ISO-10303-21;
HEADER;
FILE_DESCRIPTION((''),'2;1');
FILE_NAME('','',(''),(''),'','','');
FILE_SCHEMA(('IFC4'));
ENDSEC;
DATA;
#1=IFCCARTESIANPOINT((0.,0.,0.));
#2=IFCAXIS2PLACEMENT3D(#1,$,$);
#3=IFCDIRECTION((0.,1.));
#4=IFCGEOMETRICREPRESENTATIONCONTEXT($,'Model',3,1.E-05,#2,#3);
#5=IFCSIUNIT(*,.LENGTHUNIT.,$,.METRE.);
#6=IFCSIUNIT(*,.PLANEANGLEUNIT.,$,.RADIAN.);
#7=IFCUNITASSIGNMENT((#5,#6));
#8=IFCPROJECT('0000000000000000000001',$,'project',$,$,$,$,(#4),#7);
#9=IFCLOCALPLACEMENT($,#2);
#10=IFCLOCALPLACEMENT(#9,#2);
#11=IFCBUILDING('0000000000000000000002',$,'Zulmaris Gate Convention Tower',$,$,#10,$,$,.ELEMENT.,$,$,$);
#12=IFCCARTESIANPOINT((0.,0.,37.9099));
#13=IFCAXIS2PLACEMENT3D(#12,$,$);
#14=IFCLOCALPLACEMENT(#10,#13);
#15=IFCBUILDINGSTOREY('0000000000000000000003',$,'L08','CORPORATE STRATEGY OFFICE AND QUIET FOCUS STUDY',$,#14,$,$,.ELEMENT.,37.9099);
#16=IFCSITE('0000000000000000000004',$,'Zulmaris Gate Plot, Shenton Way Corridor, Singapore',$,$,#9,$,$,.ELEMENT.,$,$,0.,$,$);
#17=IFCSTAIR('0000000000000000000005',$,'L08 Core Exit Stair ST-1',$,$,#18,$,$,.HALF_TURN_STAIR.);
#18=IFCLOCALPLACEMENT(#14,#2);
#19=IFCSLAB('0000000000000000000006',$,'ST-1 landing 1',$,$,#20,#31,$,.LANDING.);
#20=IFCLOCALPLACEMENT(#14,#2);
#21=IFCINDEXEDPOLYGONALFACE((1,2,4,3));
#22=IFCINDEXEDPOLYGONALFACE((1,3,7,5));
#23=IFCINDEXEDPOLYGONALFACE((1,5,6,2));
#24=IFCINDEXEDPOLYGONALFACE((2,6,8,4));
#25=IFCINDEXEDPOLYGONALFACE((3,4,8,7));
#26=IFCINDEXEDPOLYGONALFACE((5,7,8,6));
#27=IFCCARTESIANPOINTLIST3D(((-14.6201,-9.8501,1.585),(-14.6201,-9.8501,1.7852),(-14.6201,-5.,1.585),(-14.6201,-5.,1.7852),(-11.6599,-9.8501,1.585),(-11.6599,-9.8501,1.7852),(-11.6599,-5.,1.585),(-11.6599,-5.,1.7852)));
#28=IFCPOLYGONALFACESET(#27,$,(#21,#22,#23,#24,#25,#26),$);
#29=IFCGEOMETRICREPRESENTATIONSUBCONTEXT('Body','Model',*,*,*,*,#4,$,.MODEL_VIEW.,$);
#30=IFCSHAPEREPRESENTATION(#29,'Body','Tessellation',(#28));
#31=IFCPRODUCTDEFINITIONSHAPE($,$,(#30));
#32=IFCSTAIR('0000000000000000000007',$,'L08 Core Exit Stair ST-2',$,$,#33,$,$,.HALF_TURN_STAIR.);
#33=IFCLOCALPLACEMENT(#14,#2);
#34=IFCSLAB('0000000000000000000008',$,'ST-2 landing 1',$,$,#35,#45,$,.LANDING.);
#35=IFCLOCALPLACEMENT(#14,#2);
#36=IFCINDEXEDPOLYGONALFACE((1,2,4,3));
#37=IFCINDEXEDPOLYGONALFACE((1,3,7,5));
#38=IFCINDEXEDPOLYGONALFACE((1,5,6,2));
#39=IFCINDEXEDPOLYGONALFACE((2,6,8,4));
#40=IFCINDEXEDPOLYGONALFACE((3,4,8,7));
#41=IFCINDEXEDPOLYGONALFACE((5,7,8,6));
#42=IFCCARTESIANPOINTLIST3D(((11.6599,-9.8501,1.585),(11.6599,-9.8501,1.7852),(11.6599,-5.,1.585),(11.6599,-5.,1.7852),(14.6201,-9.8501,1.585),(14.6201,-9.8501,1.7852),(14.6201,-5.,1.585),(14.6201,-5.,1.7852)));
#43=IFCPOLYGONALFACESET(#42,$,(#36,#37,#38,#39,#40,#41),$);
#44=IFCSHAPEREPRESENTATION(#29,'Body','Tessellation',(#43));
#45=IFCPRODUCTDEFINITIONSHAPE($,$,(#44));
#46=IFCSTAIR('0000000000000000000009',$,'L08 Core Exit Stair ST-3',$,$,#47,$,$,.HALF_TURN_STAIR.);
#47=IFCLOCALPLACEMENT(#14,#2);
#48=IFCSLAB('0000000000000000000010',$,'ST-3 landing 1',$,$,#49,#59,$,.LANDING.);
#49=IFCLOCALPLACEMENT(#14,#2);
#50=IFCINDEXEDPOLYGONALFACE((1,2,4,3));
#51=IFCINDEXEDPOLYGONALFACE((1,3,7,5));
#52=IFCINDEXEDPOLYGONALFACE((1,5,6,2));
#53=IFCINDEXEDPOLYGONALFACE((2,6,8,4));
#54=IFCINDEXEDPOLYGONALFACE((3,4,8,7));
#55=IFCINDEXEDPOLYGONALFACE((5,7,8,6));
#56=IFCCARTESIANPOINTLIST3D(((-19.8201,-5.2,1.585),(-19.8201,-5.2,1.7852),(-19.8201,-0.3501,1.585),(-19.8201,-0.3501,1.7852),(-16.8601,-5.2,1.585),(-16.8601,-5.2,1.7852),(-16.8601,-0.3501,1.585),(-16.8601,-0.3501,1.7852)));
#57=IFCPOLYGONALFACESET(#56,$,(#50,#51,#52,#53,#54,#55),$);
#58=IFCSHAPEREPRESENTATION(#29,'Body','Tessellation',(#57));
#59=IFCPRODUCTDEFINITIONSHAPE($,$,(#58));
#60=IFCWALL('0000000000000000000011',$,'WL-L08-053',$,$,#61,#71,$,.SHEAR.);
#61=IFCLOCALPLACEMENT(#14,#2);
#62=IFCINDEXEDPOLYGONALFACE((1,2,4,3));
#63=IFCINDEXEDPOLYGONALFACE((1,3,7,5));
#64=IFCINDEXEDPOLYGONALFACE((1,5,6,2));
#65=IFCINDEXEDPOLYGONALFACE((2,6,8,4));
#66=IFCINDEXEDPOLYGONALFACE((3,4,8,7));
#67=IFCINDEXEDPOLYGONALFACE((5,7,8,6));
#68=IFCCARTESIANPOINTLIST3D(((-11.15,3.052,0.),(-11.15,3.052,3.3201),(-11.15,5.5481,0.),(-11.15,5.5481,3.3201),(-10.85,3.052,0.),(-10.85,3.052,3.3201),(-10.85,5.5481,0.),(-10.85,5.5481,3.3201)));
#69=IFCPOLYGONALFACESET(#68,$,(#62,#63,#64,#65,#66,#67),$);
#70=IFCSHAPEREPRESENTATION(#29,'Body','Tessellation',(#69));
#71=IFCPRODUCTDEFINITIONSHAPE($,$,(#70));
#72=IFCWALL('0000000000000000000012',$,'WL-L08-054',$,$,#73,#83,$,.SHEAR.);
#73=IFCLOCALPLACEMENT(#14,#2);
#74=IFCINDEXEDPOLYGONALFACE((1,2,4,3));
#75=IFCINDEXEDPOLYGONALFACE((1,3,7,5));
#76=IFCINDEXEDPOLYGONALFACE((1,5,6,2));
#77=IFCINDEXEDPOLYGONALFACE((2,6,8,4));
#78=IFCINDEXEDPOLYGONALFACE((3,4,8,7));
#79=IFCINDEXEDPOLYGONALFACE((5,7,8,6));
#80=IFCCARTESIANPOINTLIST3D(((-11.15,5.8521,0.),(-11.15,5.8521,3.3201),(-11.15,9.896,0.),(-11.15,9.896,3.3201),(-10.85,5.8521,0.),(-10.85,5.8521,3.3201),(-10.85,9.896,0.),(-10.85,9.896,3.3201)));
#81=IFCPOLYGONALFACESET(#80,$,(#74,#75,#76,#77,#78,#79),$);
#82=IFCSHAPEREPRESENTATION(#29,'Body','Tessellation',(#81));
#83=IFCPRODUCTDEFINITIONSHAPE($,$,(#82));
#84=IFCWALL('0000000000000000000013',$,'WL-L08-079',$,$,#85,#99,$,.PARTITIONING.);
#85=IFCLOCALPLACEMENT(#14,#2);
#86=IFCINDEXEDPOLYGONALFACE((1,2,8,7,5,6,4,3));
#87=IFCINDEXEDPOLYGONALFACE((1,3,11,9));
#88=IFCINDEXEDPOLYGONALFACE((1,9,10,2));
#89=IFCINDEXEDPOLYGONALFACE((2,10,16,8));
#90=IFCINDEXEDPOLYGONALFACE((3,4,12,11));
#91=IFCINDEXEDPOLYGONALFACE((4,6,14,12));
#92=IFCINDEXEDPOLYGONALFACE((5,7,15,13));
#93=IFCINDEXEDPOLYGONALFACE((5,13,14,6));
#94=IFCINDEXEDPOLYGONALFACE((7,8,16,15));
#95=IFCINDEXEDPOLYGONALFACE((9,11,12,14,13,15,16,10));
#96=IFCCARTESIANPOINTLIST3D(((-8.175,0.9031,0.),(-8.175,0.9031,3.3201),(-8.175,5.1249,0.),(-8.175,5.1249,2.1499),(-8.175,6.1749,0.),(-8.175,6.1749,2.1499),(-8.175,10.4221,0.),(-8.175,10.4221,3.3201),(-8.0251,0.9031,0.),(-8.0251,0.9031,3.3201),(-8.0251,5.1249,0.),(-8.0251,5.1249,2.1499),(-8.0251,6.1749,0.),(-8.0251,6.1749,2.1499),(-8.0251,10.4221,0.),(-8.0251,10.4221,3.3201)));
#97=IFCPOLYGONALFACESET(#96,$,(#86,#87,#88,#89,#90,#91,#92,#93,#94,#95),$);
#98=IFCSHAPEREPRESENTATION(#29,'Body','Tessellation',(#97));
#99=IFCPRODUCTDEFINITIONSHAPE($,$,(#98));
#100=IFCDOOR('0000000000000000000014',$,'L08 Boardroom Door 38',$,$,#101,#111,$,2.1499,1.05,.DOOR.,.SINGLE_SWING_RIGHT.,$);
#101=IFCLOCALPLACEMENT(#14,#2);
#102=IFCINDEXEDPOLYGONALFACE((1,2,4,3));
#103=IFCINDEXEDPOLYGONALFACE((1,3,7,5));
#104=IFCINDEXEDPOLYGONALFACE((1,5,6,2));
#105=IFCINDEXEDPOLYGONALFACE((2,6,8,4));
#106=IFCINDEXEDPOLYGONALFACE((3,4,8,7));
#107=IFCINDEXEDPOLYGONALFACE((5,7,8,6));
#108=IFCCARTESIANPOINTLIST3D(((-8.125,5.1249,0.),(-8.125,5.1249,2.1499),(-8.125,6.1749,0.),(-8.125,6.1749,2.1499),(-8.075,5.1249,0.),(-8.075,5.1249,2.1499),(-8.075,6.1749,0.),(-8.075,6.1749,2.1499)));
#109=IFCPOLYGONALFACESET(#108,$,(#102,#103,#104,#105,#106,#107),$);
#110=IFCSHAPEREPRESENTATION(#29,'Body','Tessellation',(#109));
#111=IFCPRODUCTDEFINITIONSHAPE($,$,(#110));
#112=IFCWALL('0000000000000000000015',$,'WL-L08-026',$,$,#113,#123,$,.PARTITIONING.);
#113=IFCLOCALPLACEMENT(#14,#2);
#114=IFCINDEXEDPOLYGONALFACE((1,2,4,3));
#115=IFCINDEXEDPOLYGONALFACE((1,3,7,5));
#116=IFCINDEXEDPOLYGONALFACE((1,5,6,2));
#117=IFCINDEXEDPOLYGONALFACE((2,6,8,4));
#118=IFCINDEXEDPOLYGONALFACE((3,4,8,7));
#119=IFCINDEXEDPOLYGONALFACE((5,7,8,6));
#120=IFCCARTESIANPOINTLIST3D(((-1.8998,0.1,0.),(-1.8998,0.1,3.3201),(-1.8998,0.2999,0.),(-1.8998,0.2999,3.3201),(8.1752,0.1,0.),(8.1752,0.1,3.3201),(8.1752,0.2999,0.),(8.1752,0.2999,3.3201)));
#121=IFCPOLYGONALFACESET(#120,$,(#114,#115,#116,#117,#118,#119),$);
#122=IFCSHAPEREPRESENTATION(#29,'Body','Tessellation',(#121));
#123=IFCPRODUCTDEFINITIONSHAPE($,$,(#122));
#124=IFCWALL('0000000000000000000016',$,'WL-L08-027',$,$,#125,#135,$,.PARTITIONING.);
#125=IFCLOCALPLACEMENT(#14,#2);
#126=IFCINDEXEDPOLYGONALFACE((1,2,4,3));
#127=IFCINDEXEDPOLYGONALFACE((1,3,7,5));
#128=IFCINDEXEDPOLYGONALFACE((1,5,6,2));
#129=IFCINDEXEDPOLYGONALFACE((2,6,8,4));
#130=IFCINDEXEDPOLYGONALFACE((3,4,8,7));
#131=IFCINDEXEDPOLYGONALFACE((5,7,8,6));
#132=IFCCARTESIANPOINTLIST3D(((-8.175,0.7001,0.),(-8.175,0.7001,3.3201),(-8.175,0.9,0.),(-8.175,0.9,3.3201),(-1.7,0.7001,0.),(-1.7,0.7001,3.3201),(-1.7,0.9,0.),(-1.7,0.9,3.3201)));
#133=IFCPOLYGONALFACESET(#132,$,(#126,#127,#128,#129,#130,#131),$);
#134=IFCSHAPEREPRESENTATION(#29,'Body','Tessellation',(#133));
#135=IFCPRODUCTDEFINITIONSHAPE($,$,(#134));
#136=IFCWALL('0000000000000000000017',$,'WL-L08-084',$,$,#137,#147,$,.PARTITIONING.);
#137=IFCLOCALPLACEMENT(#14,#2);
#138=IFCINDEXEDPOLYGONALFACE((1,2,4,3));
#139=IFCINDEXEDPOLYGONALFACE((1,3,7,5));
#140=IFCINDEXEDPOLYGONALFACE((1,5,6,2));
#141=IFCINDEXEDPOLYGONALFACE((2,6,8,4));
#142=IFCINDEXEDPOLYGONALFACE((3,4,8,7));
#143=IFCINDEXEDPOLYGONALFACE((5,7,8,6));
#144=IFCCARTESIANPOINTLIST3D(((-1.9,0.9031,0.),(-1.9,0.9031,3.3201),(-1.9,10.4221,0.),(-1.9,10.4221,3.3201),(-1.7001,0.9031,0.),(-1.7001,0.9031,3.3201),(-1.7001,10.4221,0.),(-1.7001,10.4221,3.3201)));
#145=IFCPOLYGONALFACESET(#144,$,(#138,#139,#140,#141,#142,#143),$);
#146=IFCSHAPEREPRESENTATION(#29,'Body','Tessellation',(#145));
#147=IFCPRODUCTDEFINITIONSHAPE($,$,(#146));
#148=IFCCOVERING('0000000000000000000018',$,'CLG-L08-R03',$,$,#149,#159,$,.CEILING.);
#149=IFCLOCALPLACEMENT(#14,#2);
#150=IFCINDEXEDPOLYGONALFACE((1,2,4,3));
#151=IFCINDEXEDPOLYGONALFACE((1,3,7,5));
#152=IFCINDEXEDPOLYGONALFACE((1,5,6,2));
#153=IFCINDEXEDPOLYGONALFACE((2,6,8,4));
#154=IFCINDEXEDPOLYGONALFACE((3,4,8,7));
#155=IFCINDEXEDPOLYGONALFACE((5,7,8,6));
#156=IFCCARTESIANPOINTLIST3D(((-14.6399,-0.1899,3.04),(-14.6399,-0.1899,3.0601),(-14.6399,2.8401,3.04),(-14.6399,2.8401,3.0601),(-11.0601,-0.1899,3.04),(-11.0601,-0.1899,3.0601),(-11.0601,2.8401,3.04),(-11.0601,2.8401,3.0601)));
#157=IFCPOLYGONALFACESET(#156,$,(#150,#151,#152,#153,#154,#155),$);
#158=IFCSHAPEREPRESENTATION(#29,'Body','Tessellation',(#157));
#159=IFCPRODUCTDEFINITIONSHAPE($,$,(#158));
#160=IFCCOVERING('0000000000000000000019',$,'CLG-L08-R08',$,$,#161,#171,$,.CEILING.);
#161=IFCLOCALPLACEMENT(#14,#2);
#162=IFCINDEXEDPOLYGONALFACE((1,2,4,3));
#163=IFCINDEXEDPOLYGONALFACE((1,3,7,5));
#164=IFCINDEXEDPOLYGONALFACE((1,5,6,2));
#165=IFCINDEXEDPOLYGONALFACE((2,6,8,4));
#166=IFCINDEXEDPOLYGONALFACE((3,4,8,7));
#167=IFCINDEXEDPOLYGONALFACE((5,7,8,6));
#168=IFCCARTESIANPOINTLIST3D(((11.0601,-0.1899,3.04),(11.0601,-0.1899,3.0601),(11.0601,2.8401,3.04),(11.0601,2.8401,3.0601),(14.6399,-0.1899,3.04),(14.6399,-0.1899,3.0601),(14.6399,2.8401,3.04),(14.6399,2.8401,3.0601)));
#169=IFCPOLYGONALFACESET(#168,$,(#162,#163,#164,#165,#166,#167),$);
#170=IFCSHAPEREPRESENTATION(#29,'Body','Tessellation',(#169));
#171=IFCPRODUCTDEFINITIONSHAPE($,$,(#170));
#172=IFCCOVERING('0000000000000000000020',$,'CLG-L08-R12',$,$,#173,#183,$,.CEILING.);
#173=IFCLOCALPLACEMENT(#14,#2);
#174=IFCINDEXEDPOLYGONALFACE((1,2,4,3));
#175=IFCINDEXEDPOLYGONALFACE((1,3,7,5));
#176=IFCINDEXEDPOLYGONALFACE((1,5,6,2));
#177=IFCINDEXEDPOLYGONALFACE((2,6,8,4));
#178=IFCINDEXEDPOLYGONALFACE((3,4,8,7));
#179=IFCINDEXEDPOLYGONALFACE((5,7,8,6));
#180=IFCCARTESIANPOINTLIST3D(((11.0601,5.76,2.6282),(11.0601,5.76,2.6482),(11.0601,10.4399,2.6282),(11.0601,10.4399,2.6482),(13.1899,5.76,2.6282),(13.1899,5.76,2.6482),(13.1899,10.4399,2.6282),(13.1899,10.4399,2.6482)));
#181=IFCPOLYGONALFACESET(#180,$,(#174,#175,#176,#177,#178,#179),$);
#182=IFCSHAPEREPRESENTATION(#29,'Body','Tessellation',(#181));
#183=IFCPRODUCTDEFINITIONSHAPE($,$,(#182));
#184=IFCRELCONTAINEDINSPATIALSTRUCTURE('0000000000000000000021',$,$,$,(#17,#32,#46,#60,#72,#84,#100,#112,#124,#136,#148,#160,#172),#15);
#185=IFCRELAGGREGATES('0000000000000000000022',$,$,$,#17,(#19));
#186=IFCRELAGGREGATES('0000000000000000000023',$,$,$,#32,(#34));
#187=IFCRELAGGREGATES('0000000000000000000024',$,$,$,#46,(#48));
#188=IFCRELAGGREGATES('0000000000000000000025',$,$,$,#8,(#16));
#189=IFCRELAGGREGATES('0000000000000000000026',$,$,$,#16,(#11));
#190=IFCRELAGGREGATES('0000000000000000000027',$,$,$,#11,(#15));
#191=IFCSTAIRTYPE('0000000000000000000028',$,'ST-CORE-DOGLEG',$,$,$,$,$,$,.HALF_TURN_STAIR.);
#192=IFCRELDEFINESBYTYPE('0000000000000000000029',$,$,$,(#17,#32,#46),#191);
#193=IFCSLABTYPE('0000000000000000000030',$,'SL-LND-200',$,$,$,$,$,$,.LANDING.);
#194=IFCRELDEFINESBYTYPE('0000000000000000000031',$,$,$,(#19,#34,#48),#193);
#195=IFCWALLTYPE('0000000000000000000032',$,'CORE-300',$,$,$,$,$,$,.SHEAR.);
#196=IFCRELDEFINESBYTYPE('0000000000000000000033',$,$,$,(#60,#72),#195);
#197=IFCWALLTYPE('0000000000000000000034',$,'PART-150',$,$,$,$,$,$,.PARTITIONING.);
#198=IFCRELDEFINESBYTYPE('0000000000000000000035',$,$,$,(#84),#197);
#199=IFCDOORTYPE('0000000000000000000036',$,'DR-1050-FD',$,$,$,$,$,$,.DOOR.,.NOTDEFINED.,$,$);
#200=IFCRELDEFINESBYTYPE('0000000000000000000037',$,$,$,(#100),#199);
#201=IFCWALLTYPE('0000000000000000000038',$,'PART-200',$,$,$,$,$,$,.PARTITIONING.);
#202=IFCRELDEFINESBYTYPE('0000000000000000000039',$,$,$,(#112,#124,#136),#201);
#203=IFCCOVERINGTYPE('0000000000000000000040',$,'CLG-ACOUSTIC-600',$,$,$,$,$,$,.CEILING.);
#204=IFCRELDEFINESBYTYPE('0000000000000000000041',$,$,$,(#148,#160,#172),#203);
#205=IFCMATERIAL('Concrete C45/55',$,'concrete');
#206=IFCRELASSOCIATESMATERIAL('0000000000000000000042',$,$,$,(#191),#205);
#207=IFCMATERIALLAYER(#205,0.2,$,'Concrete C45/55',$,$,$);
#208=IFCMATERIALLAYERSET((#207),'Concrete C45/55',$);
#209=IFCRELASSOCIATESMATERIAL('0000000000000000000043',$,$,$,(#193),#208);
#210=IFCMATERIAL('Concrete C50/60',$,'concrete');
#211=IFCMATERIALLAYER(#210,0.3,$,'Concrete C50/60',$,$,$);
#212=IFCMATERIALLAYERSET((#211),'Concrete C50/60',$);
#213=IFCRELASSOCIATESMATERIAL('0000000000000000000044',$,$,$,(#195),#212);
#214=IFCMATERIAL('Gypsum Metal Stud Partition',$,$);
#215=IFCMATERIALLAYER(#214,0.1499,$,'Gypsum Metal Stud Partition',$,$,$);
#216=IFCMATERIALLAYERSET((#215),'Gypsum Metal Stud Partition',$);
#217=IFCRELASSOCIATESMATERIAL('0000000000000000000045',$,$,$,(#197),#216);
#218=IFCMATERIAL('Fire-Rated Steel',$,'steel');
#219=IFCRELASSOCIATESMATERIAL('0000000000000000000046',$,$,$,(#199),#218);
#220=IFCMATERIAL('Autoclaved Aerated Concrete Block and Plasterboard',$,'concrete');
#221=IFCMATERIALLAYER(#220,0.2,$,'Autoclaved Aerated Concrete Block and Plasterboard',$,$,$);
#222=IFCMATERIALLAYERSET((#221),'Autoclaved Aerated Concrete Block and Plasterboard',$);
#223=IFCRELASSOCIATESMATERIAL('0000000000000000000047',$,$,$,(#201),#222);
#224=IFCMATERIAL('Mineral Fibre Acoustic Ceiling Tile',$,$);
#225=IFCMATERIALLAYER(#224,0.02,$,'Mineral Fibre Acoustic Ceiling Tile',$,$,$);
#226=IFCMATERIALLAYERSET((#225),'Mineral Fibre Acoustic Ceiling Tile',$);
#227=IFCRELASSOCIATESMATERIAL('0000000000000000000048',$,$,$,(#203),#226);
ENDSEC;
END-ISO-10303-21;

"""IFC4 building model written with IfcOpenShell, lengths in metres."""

from ifc_helpers import new_model, si_unit, direction, frame, frame_2d, origin, place, context, subcontext, project, spatial, polyline, rectangle, outline, extrude, material, layer, layer_set, type_object, element, fill, aggregate, save


model = new_model("IFC4")

# Units and contexts
model_context = context("Model", 3, precision=1e-05, world=origin(), true_north=direction((0.0, 1.0)))
body_context = subcontext(model_context, "Body", "Model", "MODEL_VIEW")
ifc_project = project(units=[si_unit("LENGTHUNIT", "METRE"), si_unit("PLANEANGLEUNIT", "RADIAN")], contexts=[model_context])

# Site, building, storey
site_placement = place(None, origin())
site = spatial("IfcSite", under=ifc_project, at=site_placement, Name="Zulmaris Gate Plot, Shenton Way Corridor, Singapore", CompositionType="ELEMENT", RefElevation=0.0)
building_placement = place(site_placement, origin())
building = spatial("IfcBuilding", under=site, at=building_placement, Name="Zulmaris Gate Convention Tower", CompositionType="ELEMENT")
storey_placement = place(building_placement, frame((0.0, 0.0, 37.9099)))
storey = spatial("IfcBuildingStorey", under=building, at=storey_placement, Name="L08", Description="CORPORATE STRATEGY OFFICE AND QUIET FOCUS STUDY", CompositionType="ELEMENT", Elevation=37.9099)

# Stairs, slabs
ifc_material_1 = material(Name="Concrete C45/55", Category="concrete")
stair_type = type_object("IfcStairType", Name="ST-CORE-DOGLEG", PredefinedType="HALF_TURN_STAIR", material=ifc_material_1)
stair_1_placement = place(storey_placement, origin())
stair_1 = element("IfcStair", 1, at=stair_1_placement, inside=storey, type_object=stair_type, Name="L08 Core Exit Stair ST-1", PredefinedType="HALF_TURN_STAIR")
ifc_layer_1 = layer(ifc_material_1, 0.2, Name="Concrete C45/55")
ifc_layer_set_1 = layer_set([ifc_layer_1], Name="Concrete C45/55")
slab_type = type_object("IfcSlabType", Name="SL-LND-200", PredefinedType="LANDING", material=ifc_layer_set_1)
slab_1_placement = place(storey_placement, frame((0.0, 0.0, 1.585)))
slab_1 = element("IfcSlab", 2, at=slab_1_placement, type_object=slab_type, Name="ST-1 landing 1", PredefinedType="LANDING", context=body_context, shape_type="SweptSolid", body=[
    extrude(outline(polyline([(-14.6201, -5.0), (-14.6201, -9.8501), (-11.6599, -9.8501), (-11.6599, -5.0), (-14.6201, -5.0)])), origin(), (0.0, 0.0, 1.0), 0.2002),
])
aggregate(stair_1, [slab_1])
stair_2_placement = place(storey_placement, origin())
stair_2 = element("IfcStair", 3, at=stair_2_placement, inside=storey, type_object=stair_type, Name="L08 Core Exit Stair ST-2", PredefinedType="HALF_TURN_STAIR")
slab_2_placement = place(storey_placement, frame((0.0, 0.0, 1.585)))
slab_2 = element("IfcSlab", 4, at=slab_2_placement, type_object=slab_type, Name="ST-2 landing 1", PredefinedType="LANDING", context=body_context, shape_type="SweptSolid", body=[
    extrude(outline(polyline([(11.6599, -5.0), (11.6599, -9.8501), (14.6201, -9.8501), (14.6201, -5.0), (11.6599, -5.0)])), origin(), (0.0, 0.0, 1.0), 0.2002),
])
aggregate(stair_2, [slab_2])
stair_3_placement = place(storey_placement, origin())
stair_3 = element("IfcStair", 5, at=stair_3_placement, inside=storey, type_object=stair_type, Name="L08 Core Exit Stair ST-3", PredefinedType="HALF_TURN_STAIR")
slab_3_placement = place(storey_placement, frame((0.0, 0.0, 1.585)))
slab_3 = element("IfcSlab", 6, at=slab_3_placement, type_object=slab_type, Name="ST-3 landing 1", PredefinedType="LANDING", context=body_context, shape_type="SweptSolid", body=[
    extrude(outline(polyline([(-16.8601, -5.2), (-16.8601, -0.3501), (-19.8201, -0.3501), (-19.8201, -5.2), (-16.8601, -5.2)])), origin(), (0.0, 0.0, 1.0), 0.2002),
])
aggregate(stair_3, [slab_3])

# Shared definitions
ifc_material_2 = material(Name="Concrete C50/60", Category="concrete")
ifc_layer_2 = layer(ifc_material_2, 0.3, Name="Concrete C50/60")
ifc_layer_set_2 = layer_set([ifc_layer_2], Name="Concrete C50/60")
wall_type_1 = type_object("IfcWallType", Name="CORE-300", PredefinedType="SHEAR", material=ifc_layer_set_2)
ifc_material_3 = material(Name="Fire-Rated Steel", Category="steel")

# Walls
wall_1_placement = place(storey_placement, frame((-11.0, 3.052, 0.0), z_axis=(0.0, 0.0, 1.0), x_axis=(0.0, 1.0, 0.0)))
element("IfcWall", 7, at=wall_1_placement, inside=storey, type_object=wall_type_1, Name="WL-L08-053", PredefinedType="SHEAR", context=body_context, shape_type="SweptSolid", body=[
    extrude(rectangle(XDim=2.4961, YDim=0.3, at=frame_2d((1.248, 0.0))), origin(), (0.0, 0.0, 1.0), 3.3201),
])
wall_2_placement = place(storey_placement, frame((-11.0, 5.8521, 0.0), z_axis=(0.0, 0.0, 1.0), x_axis=(0.0, 1.0, 0.0)))
element("IfcWall", 8, at=wall_2_placement, inside=storey, type_object=wall_type_1, Name="WL-L08-054", PredefinedType="SHEAR", context=body_context, shape_type="SweptSolid", body=[
    extrude(rectangle(XDim=4.0439, YDim=0.3, at=frame_2d((2.022, 0.0))), origin(), (0.0, 0.0, 1.0), 3.3201),
])

# Wall, opening, door
ifc_material_4 = material(Name="Gypsum Metal Stud Partition")
ifc_layer_3 = layer(ifc_material_4, 0.1499, Name="Gypsum Metal Stud Partition")
ifc_layer_set_3 = layer_set([ifc_layer_3], Name="Gypsum Metal Stud Partition")
wall_type_2 = type_object("IfcWallType", Name="PART-150", PredefinedType="PARTITIONING", material=ifc_layer_set_3)
wall_3_placement = place(storey_placement, frame((-8.1001, 0.9031, 0.0), z_axis=(0.0, 0.0, 1.0), x_axis=(0.0, 1.0, 0.0)))
wall_3 = element("IfcWall", 9, at=wall_3_placement, inside=storey, type_object=wall_type_2, Name="WL-L08-079", PredefinedType="PARTITIONING", context=body_context, shape_type="SweptSolid", body=[
    extrude(rectangle(XDim=9.519, YDim=0.1499, at=frame_2d((4.7595, 0.0))), origin(), (0.0, 0.0, 1.0), 3.3201),
])
opening_1_placement = place(wall_3_placement, frame((4.2219, 0.0, 0.0)))
opening_1 = element("IfcOpeningElement", 10, at=opening_1_placement, cuts=wall_3, PredefinedType="OPENING", context=body_context, shape_type="SweptSolid", body=[
    extrude(rectangle(XDim=1.05, YDim=2.1499, at=frame_2d((0.5249, 1.075))), frame((0.0, 0.085, 0.0), z_axis=(0.0, -1.0, 0.0), x_axis=(1.0, 0.0, 0.0)), (0.0, 0.0, 1.0), 0.1699),
])
door_type_1 = type_object("IfcDoorType", Name="DR-1050-FD", OperationType="NOTDEFINED", PredefinedType="DOOR", material=ifc_material_3)
door_1_placement = place(opening_1_placement, origin())
door_1 = element("IfcDoor", 11, at=door_1_placement, inside=storey, type_object=door_type_1, Name="L08 Boardroom Door 38", OperationType="SINGLE_SWING_RIGHT", OverallHeight=2.1499, OverallWidth=1.05, PredefinedType="DOOR", context=body_context, shape_type="SweptSolid", body=[
    extrude(rectangle(XDim=1.05, YDim=2.1499, at=frame_2d((0.5249, 1.075))), frame((0.0, 0.0249, 0.0), z_axis=(0.0, -1.0, 0.0), x_axis=(1.0, 0.0, 0.0)), (0.0, 0.0, 1.0), 0.05),
])
fill(opening_1, door_1)

# Walls
ifc_material_5 = material(Name="Autoclaved Aerated Concrete Block and Plasterboard", Category="concrete")
ifc_layer_4 = layer(ifc_material_5, 0.2, Name="Autoclaved Aerated Concrete Block and Plasterboard")
ifc_layer_set_4 = layer_set([ifc_layer_4], Name="Autoclaved Aerated Concrete Block and Plasterboard")
wall_type_3 = type_object("IfcWallType", Name="PART-200", PredefinedType="PARTITIONING", material=ifc_layer_set_4)
wall_4_placement = place(storey_placement, frame((-1.8999, 0.2, 0.0), z_axis=(0.0, 0.0, 1.0), x_axis=(1.0, 0.0, 0.0)))
element("IfcWall", 12, at=wall_4_placement, inside=storey, type_object=wall_type_3, Name="WL-L08-026", PredefinedType="PARTITIONING", context=body_context, shape_type="SweptSolid", body=[
    extrude(rectangle(XDim=10.075, YDim=0.2, at=frame_2d((5.0376, 0.0))), origin(), (0.0, 0.0, 1.0), 3.3201),
])
wall_5_placement = place(storey_placement, frame((-8.175, 0.8, 0.0), z_axis=(0.0, 0.0, 1.0), x_axis=(1.0, 0.0, 0.0)))
element("IfcWall", 13, at=wall_5_placement, inside=storey, type_object=wall_type_3, Name="WL-L08-027", PredefinedType="PARTITIONING", context=body_context, shape_type="SweptSolid", body=[
    extrude(rectangle(XDim=6.4751, YDim=0.2, at=frame_2d((3.2375, 0.0))), origin(), (0.0, 0.0, 1.0), 3.3201),
])
wall_6_placement = place(storey_placement, frame((-1.8, 0.9031, 0.0), z_axis=(0.0, 0.0, 1.0), x_axis=(0.0, 1.0, 0.0)))
element("IfcWall", 14, at=wall_6_placement, inside=storey, type_object=wall_type_3, Name="WL-L08-084", PredefinedType="PARTITIONING", context=body_context, shape_type="SweptSolid", body=[
    extrude(rectangle(XDim=9.519, YDim=0.2, at=frame_2d((4.7595, 0.0))), origin(), (0.0, 0.0, 1.0), 3.3201),
])

# Coverings
ifc_material_6 = material(Name="Mineral Fibre Acoustic Ceiling Tile")
ifc_layer_5 = layer(ifc_material_6, 0.02, Name="Mineral Fibre Acoustic Ceiling Tile")
ifc_layer_set_5 = layer_set([ifc_layer_5], Name="Mineral Fibre Acoustic Ceiling Tile")
covering_type_1 = type_object("IfcCoveringType", Name="CLG-ACOUSTIC-600", PredefinedType="CEILING", material=ifc_layer_set_5)
covering_1_placement = place(storey_placement, frame((0.0, 0.0, 3.04)))
element("IfcCovering", 15, at=covering_1_placement, inside=storey, type_object=covering_type_1, Name="CLG-L08-R03", PredefinedType="CEILING", context=body_context, shape_type="SweptSolid", body=[
    extrude(outline(polyline([(-14.6399, -0.1899), (-11.0601, -0.1899), (-11.0601, 2.8401), (-14.6399, 2.8401), (-14.6399, -0.1899)])), origin(), (0.0, 0.0, 1.0), 0.02),
])
covering_2_placement = place(storey_placement, frame((0.0, 0.0, 3.04)))
element("IfcCovering", 16, at=covering_2_placement, inside=storey, type_object=covering_type_1, Name="CLG-L08-R08", PredefinedType="CEILING", context=body_context, shape_type="SweptSolid", body=[
    extrude(outline(polyline([(11.0601, -0.1899), (14.6399, -0.1899), (14.6399, 2.8401), (11.0601, 2.8401), (11.0601, -0.1899)])), origin(), (0.0, 0.0, 1.0), 0.02),
])
covering_3_placement = place(storey_placement, frame((0.0, 0.0, 2.6282)))
element("IfcCovering", 17, at=covering_3_placement, inside=storey, type_object=covering_type_1, Name="CLG-L08-R12", PredefinedType="CEILING", context=body_context, shape_type="SweptSolid", body=[
    extrude(outline(polyline([(11.0601, 5.76), (13.1899, 5.76), (13.1899, 10.4399), (11.0601, 10.4399), (11.0601, 5.76)])), origin(), (0.0, 0.0, 1.0), 0.02),
])

save(model, "model.ifc")
